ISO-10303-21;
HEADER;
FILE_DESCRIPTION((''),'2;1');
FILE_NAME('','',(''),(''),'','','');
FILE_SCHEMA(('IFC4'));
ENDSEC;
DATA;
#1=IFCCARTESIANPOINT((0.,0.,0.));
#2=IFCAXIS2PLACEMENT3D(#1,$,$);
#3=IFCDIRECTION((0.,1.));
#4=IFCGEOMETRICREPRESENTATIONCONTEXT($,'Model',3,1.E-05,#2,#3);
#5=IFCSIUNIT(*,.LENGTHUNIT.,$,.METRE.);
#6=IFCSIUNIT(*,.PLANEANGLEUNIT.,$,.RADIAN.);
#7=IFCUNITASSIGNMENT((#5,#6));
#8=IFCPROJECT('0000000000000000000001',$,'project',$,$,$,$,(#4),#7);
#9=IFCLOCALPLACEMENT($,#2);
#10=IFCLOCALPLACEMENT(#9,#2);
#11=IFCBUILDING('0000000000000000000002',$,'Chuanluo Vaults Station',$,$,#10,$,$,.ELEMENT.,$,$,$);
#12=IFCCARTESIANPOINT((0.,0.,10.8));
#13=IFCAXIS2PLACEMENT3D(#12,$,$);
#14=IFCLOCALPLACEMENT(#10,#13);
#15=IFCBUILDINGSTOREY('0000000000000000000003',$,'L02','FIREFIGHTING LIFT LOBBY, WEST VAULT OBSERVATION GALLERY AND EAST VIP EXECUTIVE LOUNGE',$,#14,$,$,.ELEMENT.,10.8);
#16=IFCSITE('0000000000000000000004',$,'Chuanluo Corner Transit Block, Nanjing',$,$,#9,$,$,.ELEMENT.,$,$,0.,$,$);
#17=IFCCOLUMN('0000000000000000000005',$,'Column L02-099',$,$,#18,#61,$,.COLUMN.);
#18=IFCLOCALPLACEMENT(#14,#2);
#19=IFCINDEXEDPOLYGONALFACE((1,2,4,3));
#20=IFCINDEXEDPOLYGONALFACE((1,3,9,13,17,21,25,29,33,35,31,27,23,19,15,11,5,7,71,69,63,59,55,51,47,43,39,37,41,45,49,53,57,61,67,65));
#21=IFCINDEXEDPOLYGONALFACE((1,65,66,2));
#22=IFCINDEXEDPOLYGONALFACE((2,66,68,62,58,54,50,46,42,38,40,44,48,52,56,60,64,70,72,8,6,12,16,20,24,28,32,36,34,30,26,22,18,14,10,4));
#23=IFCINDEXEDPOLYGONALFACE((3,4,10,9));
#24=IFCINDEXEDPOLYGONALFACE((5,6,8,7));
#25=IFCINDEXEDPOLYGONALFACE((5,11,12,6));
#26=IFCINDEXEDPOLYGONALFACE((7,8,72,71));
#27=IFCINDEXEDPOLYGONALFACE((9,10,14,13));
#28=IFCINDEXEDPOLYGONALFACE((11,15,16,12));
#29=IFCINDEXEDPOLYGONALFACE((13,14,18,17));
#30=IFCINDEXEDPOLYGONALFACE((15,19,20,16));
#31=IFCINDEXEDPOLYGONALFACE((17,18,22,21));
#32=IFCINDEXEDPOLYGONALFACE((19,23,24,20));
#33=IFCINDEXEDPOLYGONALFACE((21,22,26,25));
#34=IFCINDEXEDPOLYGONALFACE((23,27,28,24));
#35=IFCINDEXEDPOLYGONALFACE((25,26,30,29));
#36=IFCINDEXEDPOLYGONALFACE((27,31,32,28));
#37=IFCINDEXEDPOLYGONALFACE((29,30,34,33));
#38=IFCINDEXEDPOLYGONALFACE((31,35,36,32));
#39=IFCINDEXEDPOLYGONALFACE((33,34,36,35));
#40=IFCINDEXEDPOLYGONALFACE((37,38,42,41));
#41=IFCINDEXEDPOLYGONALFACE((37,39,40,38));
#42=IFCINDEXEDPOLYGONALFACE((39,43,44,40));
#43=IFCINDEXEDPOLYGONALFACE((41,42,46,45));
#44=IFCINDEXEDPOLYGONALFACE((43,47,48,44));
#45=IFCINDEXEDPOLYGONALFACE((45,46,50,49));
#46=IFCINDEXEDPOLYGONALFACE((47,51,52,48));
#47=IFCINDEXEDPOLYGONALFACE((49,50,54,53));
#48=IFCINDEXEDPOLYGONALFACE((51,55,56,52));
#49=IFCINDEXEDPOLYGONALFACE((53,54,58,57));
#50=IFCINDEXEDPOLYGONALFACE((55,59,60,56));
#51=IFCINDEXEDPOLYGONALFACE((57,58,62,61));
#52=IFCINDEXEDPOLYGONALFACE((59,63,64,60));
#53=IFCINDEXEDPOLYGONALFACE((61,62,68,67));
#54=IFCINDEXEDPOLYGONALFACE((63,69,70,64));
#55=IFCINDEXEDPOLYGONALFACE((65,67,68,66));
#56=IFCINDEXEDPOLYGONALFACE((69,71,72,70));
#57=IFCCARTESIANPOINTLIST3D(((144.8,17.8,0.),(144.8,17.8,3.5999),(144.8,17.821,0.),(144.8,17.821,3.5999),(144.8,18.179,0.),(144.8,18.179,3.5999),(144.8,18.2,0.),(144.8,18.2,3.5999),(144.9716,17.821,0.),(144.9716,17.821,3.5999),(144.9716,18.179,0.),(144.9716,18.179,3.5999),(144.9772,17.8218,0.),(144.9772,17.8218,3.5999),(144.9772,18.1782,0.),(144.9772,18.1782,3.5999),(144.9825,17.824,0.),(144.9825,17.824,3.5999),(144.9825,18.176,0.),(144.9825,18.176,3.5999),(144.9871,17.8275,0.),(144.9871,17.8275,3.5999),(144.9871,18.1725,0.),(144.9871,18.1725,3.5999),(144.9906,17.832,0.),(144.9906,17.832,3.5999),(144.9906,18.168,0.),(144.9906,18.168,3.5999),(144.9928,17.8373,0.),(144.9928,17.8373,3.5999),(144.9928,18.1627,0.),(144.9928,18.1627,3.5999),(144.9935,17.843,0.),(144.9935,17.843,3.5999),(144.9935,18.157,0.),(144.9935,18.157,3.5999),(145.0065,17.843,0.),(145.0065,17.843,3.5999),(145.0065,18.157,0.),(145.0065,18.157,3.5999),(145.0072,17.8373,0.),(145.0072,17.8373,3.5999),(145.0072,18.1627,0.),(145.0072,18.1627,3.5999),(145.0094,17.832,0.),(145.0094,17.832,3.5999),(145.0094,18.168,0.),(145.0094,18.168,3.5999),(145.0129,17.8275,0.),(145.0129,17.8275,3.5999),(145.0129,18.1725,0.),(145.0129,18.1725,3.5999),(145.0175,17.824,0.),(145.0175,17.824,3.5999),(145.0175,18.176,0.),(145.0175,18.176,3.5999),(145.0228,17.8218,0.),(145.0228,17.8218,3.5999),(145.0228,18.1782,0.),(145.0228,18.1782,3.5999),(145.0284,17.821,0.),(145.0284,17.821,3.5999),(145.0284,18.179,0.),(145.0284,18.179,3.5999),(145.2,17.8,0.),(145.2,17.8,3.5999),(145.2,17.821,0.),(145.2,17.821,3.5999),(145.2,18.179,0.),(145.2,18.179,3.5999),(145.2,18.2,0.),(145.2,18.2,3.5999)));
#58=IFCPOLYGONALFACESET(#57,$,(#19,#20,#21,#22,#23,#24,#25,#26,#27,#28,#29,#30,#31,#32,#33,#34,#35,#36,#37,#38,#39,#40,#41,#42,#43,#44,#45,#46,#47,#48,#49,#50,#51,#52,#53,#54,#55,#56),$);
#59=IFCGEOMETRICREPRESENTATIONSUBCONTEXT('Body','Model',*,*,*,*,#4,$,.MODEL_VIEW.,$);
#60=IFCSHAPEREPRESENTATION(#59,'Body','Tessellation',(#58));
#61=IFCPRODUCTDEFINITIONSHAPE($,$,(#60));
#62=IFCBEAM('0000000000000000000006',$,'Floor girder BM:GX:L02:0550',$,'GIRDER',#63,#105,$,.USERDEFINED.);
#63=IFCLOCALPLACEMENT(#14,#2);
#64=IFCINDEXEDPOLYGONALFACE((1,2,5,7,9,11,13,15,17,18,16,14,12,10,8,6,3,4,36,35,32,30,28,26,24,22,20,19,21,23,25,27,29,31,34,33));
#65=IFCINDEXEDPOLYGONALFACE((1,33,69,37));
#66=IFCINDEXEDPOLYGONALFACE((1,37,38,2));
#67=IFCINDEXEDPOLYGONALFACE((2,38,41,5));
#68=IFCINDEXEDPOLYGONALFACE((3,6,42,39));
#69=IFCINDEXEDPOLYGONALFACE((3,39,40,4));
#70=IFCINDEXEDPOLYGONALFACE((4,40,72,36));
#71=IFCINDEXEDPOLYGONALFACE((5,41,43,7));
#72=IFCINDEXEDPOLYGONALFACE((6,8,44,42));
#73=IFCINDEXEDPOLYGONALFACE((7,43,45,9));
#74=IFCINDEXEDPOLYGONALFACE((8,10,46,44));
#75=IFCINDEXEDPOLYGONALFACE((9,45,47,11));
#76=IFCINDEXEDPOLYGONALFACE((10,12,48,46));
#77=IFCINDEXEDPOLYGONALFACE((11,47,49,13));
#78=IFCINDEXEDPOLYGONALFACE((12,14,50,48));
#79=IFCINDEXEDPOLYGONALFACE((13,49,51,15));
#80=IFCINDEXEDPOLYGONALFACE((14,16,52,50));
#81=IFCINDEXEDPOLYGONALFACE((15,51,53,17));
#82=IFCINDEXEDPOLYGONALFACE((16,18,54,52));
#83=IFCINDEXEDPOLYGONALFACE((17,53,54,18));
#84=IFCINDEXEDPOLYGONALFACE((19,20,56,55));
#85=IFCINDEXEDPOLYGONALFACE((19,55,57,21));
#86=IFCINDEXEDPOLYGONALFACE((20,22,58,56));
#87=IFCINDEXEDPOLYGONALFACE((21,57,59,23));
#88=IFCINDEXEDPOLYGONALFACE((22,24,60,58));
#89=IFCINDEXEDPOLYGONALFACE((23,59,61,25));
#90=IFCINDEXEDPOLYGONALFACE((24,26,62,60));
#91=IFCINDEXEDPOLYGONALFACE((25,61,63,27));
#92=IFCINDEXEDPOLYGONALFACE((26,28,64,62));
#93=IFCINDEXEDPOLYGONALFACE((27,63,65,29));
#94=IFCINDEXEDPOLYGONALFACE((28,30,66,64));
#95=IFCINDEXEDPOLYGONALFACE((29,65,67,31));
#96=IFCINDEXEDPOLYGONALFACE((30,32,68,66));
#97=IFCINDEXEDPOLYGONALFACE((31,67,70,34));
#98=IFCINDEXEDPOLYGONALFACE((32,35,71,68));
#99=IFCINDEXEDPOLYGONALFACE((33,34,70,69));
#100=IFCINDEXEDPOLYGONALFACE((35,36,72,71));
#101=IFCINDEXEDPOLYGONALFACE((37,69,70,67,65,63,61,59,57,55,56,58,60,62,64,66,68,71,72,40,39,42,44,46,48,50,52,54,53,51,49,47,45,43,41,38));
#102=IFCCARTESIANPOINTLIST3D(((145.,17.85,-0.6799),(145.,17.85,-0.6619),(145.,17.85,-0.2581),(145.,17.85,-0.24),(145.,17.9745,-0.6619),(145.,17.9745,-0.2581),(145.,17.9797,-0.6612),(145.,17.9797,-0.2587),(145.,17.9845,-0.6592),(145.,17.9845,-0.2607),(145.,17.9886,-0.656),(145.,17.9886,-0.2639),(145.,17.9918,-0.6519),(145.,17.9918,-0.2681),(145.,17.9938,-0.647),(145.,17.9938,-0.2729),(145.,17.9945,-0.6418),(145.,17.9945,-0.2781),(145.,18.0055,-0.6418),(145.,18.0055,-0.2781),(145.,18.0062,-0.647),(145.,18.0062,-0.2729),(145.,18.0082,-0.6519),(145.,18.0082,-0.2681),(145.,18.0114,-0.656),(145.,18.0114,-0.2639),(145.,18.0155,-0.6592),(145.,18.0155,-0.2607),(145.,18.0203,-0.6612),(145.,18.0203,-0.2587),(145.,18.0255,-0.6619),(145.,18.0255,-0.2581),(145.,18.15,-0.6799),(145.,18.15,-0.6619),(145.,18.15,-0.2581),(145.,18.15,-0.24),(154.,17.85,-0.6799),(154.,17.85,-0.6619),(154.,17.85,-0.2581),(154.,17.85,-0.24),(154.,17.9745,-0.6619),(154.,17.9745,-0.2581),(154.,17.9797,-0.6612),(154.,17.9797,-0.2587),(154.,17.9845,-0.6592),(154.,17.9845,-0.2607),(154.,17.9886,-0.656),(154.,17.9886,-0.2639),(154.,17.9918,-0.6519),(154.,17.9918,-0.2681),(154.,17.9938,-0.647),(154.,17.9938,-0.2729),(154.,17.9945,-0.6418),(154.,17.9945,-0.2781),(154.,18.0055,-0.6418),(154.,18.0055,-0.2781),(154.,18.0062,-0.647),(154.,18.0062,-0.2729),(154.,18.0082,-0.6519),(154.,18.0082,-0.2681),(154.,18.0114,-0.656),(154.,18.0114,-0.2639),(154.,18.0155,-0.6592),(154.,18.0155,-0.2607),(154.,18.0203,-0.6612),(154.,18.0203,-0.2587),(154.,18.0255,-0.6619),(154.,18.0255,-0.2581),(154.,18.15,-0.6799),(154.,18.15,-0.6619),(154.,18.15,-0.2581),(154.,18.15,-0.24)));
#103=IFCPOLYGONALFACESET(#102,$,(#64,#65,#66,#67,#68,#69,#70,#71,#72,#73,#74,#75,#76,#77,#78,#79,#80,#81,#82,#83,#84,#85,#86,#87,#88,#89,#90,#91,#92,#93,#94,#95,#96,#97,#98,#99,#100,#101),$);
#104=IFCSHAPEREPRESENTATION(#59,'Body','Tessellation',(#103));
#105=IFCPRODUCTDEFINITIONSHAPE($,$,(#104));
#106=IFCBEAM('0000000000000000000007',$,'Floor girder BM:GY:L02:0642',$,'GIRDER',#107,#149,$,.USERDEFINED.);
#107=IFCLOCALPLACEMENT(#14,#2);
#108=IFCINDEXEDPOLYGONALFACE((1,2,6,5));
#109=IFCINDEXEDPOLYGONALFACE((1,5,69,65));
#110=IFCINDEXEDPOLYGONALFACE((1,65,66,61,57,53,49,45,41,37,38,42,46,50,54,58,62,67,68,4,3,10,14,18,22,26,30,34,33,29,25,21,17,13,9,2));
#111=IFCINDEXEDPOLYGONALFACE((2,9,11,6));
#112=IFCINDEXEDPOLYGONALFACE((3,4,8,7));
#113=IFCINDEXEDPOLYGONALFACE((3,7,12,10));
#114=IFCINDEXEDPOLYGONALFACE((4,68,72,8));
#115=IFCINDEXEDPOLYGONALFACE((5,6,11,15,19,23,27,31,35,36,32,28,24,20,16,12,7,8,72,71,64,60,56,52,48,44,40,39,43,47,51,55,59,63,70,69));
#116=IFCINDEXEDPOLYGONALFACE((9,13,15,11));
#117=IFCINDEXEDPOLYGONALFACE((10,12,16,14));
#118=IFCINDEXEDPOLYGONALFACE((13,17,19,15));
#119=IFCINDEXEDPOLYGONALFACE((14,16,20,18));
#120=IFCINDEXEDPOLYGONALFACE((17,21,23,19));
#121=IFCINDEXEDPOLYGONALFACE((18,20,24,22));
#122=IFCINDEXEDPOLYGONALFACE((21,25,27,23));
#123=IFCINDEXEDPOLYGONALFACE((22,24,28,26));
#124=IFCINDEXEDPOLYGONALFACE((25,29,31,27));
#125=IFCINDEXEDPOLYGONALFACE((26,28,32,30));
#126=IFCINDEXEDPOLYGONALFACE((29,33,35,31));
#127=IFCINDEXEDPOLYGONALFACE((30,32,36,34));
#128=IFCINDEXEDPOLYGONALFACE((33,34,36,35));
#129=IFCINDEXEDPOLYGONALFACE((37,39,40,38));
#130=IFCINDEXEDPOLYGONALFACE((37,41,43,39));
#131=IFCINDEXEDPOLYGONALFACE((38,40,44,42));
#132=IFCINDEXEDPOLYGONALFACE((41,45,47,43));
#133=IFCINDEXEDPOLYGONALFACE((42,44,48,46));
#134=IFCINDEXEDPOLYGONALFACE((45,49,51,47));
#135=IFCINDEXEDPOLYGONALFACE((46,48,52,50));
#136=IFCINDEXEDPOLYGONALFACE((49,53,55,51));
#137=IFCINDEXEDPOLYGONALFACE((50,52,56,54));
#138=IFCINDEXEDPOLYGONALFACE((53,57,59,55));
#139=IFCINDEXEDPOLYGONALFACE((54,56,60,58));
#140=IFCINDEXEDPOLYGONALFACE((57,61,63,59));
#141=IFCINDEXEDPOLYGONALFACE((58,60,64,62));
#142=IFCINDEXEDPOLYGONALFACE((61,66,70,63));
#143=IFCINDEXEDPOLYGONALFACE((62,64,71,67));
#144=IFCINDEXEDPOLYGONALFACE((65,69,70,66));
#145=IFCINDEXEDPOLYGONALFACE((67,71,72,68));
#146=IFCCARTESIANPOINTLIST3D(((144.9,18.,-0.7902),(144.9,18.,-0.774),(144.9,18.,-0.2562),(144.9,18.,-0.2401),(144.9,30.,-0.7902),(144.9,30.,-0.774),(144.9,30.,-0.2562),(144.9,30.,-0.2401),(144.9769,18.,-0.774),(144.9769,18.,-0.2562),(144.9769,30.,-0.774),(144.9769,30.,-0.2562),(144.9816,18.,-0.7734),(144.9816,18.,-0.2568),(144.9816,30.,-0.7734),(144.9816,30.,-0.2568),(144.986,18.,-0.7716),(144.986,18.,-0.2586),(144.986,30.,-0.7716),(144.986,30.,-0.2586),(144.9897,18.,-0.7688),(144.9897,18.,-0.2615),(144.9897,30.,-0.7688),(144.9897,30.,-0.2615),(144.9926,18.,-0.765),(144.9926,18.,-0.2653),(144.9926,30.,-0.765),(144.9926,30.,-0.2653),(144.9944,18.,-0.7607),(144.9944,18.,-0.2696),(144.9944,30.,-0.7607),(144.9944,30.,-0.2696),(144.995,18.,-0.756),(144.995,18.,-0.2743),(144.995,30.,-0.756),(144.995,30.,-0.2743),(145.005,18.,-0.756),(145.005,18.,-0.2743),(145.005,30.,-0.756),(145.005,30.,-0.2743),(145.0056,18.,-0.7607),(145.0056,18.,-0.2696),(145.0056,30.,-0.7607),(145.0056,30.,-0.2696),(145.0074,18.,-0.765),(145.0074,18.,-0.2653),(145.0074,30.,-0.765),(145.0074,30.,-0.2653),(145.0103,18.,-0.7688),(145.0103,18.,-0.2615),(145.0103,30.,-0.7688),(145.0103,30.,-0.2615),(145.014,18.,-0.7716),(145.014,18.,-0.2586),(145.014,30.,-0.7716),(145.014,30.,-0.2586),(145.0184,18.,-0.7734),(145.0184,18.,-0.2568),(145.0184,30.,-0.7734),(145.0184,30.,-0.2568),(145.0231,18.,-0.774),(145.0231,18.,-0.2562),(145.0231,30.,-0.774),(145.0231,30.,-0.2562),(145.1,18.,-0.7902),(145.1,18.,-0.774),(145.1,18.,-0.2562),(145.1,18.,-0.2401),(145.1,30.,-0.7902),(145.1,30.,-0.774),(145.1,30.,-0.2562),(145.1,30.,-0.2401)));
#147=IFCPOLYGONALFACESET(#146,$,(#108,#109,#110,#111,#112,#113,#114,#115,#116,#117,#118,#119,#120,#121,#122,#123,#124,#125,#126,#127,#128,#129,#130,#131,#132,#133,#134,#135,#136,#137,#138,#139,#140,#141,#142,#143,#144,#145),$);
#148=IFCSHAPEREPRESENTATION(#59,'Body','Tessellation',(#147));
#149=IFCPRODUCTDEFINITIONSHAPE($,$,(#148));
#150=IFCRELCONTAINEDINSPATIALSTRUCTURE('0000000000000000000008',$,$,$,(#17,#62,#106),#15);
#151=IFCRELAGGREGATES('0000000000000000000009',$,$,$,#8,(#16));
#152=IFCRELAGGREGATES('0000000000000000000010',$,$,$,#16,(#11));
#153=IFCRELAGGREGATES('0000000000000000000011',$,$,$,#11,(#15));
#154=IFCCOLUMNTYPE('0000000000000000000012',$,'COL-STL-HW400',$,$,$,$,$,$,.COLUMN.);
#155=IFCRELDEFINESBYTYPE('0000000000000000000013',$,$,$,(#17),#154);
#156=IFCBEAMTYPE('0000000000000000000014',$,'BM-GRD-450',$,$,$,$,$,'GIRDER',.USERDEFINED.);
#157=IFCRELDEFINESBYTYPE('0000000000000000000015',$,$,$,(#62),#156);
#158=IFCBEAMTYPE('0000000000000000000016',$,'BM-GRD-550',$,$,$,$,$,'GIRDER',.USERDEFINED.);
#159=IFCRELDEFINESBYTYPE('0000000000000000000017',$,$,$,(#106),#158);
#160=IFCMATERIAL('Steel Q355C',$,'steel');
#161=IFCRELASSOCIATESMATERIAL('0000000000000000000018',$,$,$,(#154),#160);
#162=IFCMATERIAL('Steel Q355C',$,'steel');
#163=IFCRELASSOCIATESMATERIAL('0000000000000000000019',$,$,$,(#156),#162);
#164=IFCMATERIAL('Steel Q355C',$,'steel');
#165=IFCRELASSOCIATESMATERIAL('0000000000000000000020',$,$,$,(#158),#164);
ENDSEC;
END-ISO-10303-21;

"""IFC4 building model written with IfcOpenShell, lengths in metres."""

from ifc_helpers import new_model, si_unit, direction, frame, origin, origin_2d, place, context, subcontext, project, spatial, i_section, extrude, material, material_profile, profile_set, type_object, element, save


model = new_model("IFC4")

# Units and contexts
model_context = context("Model", 3, precision=1e-05, world=origin(), true_north=direction((0.0, 1.0)))
body_context = subcontext(model_context, "Body", "Model", "MODEL_VIEW")
ifc_project = project(units=[si_unit("LENGTHUNIT", "METRE"), si_unit("PLANEANGLEUNIT", "RADIAN")], contexts=[model_context])

# Site, building, storey
site_placement = place(None, origin())
site = spatial("IfcSite", under=ifc_project, at=site_placement, Name="Chuanluo Corner Transit Block, Nanjing", CompositionType="ELEMENT", RefElevation=0.0)
building_placement = place(site_placement, origin())
building = spatial("IfcBuilding", under=site, at=building_placement, Name="Chuanluo Vaults Station", CompositionType="ELEMENT")
storey_placement = place(building_placement, frame((0.0, 0.0, 10.8)))
storey = spatial("IfcBuildingStorey", under=building, at=storey_placement, Name="L02", Description="FIREFIGHTING LIFT LOBBY, WEST VAULT OBSERVATION GALLERY AND EAST VIP EXECUTIVE LOUNGE", CompositionType="ELEMENT", Elevation=10.8)

# Column
ifc_material_1 = material(Name="Steel Q355C", Category="steel")
ifc_material_profile_1 = material_profile(ifc_material_1, i_section(OverallWidth=0.3999, OverallDepth=0.3999, WebThickness=0.0129, FlangeThickness=0.021, FilletRadius=0.022, at=origin_2d()))
ifc_profile_set_1 = profile_set([ifc_material_profile_1], Name="Steel Q355C")
column_type = type_object("IfcColumnType", Name="COL-STL-HW400", PredefinedType="COLUMN", material=ifc_profile_set_1)
column_placement = place(storey_placement, frame((145.0, 18.0, 0.0), z_axis=(0.0, 0.0, 1.0), x_axis=(1.0, 0.0, 0.0)))
element("IfcColumn", 1, at=column_placement, inside=storey, type_object=column_type, Name="Column L02-099", PredefinedType="COLUMN", context=body_context, shape_type="SweptSolid", body=[
    extrude(i_section(OverallWidth=0.3999, OverallDepth=0.3999, WebThickness=0.0129, FlangeThickness=0.021, FilletRadius=0.022, at=origin_2d()), origin(), (0.0, 0.0, 1.0), 3.5999),
])

# Beams
ifc_material_2 = material(Name="Steel Q355C", Category="steel")
ifc_material_profile_2 = material_profile(ifc_material_2, i_section(OverallWidth=0.3, OverallDepth=0.4399, WebThickness=0.011, FlangeThickness=0.0181, FilletRadius=0.02, at=origin_2d()))
ifc_profile_set_2 = profile_set([ifc_material_profile_2], Name="Steel Q355C")
beam_type_1 = type_object("IfcBeamType", Name="BM-GRD-450", ElementType="GIRDER", PredefinedType="USERDEFINED", material=ifc_profile_set_2)
beam_1_placement = place(storey_placement, frame((145.0, 18.0, -0.46), z_axis=(1.0, 0.0, 0.0), x_axis=(0.0, 1.0, 0.0)))
element("IfcBeam", 2, at=beam_1_placement, inside=storey, type_object=beam_type_1, Name="Floor girder BM:GX:L02:0550", ObjectType="GIRDER", PredefinedType="USERDEFINED", context=body_context, shape_type="SweptSolid", body=[
    extrude(i_section(OverallWidth=0.3, OverallDepth=0.4399, WebThickness=0.011, FlangeThickness=0.0181, FilletRadius=0.02, at=origin_2d()), origin(), (0.0, 0.0, 1.0), 9.0),
])
ifc_material_3 = material(Name="Steel Q355C", Category="steel")
ifc_material_profile_3 = material_profile(ifc_material_3, i_section(OverallWidth=0.2, OverallDepth=0.55, WebThickness=0.01, FlangeThickness=0.0161, FilletRadius=0.0181, at=origin_2d()))
ifc_profile_set_3 = profile_set([ifc_material_profile_3], Name="Steel Q355C")
beam_type_2 = type_object("IfcBeamType", Name="BM-GRD-550", ElementType="GIRDER", PredefinedType="USERDEFINED", material=ifc_profile_set_3)
beam_2_placement = place(storey_placement, frame((145.0, 18.0, -0.5151), z_axis=(0.0, 1.0, 0.0), x_axis=(-1.0, 0.0, 0.0)))
element("IfcBeam", 3, at=beam_2_placement, inside=storey, type_object=beam_type_2, Name="Floor girder BM:GY:L02:0642", ObjectType="GIRDER", PredefinedType="USERDEFINED", context=body_context, shape_type="SweptSolid", body=[
    extrude(i_section(OverallWidth=0.2, OverallDepth=0.55, WebThickness=0.01, FlangeThickness=0.0161, FilletRadius=0.0181, at=origin_2d()), origin(), (0.0, 0.0, 1.0), 12.0),
])

save(model, "model.ifc")
